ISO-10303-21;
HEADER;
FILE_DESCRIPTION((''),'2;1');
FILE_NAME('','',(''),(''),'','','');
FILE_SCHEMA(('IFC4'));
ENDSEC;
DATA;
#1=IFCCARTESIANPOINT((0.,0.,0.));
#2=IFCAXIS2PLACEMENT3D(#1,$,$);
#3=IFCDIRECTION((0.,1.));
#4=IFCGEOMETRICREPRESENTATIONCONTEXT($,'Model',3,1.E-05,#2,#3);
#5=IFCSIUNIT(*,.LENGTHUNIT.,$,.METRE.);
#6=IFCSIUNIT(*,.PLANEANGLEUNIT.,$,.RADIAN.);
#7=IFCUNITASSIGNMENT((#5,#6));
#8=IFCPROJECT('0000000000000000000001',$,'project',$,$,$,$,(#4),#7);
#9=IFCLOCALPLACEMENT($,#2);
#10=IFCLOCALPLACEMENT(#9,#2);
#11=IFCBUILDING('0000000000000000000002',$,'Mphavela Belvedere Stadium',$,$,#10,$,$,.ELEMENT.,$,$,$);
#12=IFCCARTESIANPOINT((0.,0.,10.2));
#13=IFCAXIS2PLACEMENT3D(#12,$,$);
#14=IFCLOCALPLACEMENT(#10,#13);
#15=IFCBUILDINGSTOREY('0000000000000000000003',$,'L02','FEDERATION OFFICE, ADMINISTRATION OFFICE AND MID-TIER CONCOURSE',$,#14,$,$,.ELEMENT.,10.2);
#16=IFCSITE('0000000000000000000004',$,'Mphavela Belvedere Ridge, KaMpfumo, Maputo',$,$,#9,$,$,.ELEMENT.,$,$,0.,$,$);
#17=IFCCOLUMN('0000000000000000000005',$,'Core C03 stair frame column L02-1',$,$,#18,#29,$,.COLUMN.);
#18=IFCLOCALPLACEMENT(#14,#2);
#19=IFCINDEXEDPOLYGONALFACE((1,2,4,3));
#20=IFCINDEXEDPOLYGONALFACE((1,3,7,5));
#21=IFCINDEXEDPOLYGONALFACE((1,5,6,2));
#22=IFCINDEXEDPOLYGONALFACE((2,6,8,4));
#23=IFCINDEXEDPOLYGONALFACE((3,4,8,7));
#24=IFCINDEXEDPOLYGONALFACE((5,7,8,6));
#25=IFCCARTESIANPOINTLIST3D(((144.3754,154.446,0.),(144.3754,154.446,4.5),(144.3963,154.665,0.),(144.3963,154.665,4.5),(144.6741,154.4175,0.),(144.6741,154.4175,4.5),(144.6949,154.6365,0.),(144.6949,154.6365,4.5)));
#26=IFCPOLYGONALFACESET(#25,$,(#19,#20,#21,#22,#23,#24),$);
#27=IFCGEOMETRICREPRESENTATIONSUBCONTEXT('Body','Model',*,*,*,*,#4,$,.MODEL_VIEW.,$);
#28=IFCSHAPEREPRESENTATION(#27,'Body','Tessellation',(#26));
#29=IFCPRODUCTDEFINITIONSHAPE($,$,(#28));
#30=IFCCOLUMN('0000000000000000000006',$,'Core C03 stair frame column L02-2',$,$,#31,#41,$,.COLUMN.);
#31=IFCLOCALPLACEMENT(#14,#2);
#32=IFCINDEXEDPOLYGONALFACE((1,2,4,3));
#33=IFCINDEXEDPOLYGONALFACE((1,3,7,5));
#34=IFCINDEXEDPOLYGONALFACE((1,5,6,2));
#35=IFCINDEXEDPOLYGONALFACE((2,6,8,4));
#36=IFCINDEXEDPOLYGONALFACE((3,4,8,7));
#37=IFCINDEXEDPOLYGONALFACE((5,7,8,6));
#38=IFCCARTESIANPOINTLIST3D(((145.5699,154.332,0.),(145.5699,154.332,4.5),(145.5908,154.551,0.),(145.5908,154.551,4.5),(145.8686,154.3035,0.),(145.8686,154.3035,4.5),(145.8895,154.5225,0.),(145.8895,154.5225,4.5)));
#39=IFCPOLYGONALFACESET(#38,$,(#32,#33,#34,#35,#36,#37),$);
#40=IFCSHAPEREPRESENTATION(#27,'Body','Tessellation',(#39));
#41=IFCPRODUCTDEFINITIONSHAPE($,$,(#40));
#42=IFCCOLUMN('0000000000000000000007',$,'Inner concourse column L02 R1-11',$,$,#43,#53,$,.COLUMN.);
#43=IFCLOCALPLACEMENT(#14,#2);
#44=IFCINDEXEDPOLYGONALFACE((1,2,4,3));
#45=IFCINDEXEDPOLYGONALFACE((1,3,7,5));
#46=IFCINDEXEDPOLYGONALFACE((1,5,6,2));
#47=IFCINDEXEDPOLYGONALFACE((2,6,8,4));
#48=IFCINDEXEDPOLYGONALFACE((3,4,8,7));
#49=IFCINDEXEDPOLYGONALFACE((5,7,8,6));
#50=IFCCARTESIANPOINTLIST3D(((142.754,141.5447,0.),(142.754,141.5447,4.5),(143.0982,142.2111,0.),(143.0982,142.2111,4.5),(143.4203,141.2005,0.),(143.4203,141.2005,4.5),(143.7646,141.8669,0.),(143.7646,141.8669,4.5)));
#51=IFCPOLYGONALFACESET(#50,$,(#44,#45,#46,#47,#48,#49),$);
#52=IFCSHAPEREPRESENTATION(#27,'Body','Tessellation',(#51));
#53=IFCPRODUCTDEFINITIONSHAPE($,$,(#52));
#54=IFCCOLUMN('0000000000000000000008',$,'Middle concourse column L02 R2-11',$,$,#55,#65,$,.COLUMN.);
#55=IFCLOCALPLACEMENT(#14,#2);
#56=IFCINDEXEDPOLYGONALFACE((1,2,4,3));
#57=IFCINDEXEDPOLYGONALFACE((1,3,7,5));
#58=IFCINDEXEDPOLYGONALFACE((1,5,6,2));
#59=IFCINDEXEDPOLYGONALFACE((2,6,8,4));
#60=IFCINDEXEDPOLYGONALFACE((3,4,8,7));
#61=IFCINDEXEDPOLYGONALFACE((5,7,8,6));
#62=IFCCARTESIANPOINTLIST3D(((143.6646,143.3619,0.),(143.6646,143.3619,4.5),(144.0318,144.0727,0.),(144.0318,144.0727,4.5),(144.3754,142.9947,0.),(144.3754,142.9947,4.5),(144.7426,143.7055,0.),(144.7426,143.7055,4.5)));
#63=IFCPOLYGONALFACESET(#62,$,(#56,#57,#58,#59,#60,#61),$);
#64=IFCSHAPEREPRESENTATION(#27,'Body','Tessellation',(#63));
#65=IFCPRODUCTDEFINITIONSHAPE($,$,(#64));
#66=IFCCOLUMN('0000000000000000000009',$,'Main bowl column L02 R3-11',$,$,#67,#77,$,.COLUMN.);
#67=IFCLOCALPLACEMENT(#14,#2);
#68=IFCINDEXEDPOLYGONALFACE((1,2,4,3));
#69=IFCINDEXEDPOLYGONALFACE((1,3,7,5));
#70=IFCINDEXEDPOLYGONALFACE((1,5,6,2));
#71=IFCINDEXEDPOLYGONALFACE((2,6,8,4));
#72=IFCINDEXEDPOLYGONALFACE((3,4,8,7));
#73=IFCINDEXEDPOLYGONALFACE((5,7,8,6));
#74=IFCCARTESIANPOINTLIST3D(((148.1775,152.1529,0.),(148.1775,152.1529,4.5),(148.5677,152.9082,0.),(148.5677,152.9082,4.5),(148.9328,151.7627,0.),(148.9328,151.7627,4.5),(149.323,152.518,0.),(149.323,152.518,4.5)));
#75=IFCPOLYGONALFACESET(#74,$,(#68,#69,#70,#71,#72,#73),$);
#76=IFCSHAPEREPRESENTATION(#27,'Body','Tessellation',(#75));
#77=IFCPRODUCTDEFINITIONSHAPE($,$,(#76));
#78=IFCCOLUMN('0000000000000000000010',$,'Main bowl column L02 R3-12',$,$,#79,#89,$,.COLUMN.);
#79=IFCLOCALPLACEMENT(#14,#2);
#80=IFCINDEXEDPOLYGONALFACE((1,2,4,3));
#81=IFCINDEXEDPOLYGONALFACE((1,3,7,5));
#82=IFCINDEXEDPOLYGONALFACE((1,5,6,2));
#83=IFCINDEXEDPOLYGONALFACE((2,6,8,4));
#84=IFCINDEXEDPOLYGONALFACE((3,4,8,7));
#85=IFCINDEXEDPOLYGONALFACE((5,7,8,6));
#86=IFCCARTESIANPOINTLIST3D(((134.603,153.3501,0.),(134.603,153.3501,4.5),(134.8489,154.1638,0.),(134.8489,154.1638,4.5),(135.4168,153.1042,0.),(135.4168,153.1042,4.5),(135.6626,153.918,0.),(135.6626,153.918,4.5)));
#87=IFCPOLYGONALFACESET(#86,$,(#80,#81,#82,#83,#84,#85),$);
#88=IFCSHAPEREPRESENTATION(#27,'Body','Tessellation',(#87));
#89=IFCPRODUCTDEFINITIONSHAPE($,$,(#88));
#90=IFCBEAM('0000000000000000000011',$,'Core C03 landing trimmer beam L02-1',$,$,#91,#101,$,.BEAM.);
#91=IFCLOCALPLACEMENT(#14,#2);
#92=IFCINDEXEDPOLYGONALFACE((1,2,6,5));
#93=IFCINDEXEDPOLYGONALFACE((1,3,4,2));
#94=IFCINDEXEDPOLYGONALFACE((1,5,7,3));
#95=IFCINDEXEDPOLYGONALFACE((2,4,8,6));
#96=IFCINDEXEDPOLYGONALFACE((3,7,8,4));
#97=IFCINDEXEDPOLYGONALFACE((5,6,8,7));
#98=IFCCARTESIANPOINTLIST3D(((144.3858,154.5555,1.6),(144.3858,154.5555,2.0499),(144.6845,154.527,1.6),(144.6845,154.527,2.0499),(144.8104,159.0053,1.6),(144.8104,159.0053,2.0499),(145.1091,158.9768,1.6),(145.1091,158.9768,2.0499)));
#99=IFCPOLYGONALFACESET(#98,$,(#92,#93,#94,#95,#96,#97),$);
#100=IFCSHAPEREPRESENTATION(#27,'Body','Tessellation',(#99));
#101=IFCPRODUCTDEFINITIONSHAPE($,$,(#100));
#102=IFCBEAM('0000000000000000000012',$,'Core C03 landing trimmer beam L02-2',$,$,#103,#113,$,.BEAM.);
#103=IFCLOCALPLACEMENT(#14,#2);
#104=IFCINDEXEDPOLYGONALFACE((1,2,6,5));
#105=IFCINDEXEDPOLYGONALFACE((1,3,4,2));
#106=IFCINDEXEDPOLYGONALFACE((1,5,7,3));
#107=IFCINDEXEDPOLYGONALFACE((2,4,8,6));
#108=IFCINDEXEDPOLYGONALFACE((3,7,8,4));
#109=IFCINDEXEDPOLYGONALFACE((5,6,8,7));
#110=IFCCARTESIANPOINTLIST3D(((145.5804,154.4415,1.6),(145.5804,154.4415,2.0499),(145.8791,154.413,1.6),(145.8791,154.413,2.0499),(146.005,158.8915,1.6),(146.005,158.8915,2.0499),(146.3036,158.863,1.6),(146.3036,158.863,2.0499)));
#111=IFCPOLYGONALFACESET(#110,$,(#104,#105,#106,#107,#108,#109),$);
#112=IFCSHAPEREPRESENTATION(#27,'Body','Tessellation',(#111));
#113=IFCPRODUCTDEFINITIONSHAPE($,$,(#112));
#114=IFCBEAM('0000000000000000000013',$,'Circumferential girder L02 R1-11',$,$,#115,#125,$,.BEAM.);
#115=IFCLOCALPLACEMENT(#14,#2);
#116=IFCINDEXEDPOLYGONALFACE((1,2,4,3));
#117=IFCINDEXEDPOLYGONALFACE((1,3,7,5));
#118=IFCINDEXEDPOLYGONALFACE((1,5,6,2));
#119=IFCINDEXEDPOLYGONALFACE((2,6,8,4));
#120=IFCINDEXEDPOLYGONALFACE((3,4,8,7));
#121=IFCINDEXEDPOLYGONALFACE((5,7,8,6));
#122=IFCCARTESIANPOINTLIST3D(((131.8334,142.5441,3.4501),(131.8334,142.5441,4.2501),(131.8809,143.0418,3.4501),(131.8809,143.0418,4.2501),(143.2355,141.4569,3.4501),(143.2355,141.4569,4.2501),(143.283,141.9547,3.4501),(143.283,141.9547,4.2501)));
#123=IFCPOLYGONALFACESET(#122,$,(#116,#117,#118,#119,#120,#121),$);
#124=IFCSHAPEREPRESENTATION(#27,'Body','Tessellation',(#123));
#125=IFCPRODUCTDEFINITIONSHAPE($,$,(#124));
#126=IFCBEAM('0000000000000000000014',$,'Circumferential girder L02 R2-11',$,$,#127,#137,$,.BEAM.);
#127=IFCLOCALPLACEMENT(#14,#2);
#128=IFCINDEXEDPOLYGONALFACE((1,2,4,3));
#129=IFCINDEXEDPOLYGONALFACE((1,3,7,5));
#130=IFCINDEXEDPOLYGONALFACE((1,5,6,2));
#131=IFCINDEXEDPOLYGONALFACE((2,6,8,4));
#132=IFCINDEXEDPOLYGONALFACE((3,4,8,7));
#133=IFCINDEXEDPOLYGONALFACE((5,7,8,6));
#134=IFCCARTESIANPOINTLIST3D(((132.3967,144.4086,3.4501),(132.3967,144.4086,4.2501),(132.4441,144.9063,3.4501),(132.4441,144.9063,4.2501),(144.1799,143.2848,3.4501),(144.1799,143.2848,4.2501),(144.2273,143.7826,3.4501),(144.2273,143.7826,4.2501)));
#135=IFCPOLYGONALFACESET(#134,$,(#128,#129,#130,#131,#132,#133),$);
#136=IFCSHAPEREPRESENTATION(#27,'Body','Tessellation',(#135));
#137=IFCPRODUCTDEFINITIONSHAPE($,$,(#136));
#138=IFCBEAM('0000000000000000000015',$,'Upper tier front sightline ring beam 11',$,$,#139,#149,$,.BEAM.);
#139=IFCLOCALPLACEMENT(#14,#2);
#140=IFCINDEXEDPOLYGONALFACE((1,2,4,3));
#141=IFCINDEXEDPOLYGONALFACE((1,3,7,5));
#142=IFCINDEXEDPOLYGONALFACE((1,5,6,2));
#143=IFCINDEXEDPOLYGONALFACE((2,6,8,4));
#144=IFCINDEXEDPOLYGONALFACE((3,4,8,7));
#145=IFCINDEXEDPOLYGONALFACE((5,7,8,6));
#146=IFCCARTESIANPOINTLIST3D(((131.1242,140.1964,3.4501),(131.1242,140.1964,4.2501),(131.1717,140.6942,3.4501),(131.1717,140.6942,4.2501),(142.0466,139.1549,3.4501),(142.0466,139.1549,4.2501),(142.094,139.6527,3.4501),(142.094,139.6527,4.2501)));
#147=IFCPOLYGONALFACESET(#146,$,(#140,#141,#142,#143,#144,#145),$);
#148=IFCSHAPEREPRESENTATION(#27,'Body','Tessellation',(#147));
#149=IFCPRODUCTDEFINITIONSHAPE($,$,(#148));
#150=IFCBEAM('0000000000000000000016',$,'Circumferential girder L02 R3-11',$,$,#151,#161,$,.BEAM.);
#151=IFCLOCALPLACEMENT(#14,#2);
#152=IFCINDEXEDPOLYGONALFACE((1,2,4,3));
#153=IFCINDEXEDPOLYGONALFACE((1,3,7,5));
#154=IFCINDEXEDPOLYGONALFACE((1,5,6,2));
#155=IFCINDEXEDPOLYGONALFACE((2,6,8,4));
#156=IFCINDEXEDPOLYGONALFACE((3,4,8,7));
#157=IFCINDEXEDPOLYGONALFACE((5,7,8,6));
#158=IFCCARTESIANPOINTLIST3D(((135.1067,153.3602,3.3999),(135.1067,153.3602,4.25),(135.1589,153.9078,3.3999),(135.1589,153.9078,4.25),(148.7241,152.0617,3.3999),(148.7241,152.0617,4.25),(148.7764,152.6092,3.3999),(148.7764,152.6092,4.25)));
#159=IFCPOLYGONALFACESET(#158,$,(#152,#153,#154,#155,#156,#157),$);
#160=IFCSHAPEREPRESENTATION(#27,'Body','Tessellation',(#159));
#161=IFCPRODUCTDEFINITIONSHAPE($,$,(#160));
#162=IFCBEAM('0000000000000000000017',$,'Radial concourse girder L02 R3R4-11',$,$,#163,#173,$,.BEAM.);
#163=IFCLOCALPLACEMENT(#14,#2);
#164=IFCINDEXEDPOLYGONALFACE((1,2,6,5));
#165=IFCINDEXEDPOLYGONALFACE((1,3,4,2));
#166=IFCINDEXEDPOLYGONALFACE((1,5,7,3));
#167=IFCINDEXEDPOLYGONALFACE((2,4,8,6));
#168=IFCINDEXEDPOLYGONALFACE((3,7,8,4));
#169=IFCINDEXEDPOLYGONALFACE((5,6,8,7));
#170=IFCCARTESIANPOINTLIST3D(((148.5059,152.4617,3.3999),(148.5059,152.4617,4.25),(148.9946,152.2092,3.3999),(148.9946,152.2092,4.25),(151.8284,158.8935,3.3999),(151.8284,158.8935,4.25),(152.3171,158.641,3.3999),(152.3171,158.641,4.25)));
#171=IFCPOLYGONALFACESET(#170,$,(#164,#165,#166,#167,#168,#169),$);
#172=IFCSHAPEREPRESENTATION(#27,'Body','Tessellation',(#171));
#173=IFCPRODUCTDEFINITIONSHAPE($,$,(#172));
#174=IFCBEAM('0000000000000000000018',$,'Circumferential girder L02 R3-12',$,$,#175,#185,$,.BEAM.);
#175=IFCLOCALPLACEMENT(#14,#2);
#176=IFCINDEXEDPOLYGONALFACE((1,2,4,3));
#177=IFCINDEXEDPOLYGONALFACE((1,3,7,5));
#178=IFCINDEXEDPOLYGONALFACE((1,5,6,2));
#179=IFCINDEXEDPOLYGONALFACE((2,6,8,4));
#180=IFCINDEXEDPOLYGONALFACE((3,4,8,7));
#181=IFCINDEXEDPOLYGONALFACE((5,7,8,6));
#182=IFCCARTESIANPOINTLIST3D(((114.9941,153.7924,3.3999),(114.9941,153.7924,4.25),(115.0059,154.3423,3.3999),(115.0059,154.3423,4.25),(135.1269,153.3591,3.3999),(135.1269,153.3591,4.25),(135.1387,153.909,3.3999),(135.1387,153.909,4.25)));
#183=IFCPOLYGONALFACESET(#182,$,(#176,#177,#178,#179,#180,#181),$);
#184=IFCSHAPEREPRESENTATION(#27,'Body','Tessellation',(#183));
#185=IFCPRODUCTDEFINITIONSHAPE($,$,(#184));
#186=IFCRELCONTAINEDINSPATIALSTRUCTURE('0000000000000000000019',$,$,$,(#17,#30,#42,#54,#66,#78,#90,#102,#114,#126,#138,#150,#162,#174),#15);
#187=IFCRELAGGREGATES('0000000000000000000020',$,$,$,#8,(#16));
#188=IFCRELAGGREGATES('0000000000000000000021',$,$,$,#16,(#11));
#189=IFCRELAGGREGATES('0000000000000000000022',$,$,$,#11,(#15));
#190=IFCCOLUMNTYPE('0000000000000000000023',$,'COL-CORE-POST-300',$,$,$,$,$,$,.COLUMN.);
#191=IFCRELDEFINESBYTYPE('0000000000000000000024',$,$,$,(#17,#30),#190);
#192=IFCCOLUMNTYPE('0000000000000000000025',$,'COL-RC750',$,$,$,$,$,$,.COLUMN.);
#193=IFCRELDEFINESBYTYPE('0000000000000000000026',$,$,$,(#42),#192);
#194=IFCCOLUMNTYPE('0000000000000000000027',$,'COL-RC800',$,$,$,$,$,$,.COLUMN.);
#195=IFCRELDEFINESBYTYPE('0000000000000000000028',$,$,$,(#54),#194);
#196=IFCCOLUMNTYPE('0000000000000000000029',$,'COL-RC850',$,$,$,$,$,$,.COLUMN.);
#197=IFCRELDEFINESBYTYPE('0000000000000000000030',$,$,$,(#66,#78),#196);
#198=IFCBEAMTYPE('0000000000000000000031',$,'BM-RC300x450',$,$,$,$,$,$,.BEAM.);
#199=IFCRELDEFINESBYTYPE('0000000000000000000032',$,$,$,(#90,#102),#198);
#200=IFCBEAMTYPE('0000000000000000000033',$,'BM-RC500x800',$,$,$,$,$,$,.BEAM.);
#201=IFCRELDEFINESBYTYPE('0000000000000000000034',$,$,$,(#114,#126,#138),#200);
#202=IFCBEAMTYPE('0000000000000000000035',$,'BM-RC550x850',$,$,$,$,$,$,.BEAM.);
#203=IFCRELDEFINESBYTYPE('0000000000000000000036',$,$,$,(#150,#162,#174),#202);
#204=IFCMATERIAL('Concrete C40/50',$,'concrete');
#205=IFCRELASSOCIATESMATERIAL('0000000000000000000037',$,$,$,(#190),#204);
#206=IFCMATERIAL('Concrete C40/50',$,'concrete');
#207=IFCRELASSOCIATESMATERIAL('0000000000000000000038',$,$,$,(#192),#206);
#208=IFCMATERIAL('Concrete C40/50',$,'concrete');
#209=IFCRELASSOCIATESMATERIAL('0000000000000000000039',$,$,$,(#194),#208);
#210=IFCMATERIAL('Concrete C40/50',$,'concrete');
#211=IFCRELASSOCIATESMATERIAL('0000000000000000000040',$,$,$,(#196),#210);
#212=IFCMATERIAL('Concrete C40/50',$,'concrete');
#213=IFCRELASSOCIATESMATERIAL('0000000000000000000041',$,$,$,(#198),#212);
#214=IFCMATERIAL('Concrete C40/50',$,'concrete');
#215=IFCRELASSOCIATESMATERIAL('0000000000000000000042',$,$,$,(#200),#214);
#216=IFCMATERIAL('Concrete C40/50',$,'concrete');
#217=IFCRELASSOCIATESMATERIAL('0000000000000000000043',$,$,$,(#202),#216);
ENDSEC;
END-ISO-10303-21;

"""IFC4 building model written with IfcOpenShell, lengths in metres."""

from ifc_helpers import new_model, si_unit, direction, frame, origin, origin_2d, place, context, subcontext, project, spatial, rectangle, extrude, material, material_profile, profile_set, type_object, element, save


model = new_model("IFC4")

# Units and contexts
model_context = context("Model", 3, precision=1e-05, world=origin(), true_north=direction((0.0, 1.0)))
body_context = subcontext(model_context, "Body", "Model", "MODEL_VIEW")
ifc_project = project(units=[si_unit("LENGTHUNIT", "METRE"), si_unit("PLANEANGLEUNIT", "RADIAN")], contexts=[model_context])

# Site, building, storey
site_placement = place(None, origin())
site = spatial("IfcSite", under=ifc_project, at=site_placement, Name="Mphavela Belvedere Ridge, KaMpfumo, Maputo", CompositionType="ELEMENT", RefElevation=0.0)
building_placement = place(site_placement, origin())
building = spatial("IfcBuilding", under=site, at=building_placement, Name="Mphavela Belvedere Stadium", CompositionType="ELEMENT")
storey_placement = place(building_placement, frame((0.0, 0.0, 10.2)))
storey = spatial("IfcBuildingStorey", under=building, at=storey_placement, Name="L02", Description="FEDERATION OFFICE, ADMINISTRATION OFFICE AND MID-TIER CONCOURSE", CompositionType="ELEMENT", Elevation=10.2)

# Columns
ifc_material_1 = material(Name="Concrete C40/50", Category="concrete")
ifc_material_profile_1 = material_profile(ifc_material_1, rectangle(XDim=0.3, YDim=0.22, at=origin_2d()), Name="RC 300x220")
ifc_profile_set_1 = profile_set([ifc_material_profile_1], Name="Concrete C40/50")
column_type_1 = type_object("IfcColumnType", Name="COL-CORE-POST-300", PredefinedType="COLUMN", material=ifc_profile_set_1)
for number, where, z_axis, x_axis, name in (
    (1, (144.5352, 154.5413, 0.0), (0.0, 0.0, 1.0), (0.995479, -0.094977, 0.0), "Core C03 stair frame column L02-1"),
    (2, (145.7297, 154.4272, 0.0), (0.0, 0.0, 1.0), (0.995479, -0.094977, 0.0), "Core C03 stair frame column L02-2"),
):
    element("IfcColumn", number, at=place(storey_placement, frame(where, z_axis=z_axis, x_axis=x_axis)), inside=storey, type_object=column_type_1, Name=name, PredefinedType="COLUMN", context=body_context, shape_type="SweptSolid", body=[
        extrude(rectangle(XDim=0.3, YDim=0.22, at=origin_2d()), origin(), (0.0, 0.0, 1.0), 4.5),
    ])
ifc_material_2 = material(Name="Concrete C40/50", Category="concrete")
ifc_material_profile_2 = material_profile(ifc_material_2, rectangle(XDim=0.75, YDim=0.75, at=origin_2d()), Name="RC 750x750")
ifc_profile_set_2 = profile_set([ifc_material_profile_2], Name="Concrete C40/50")
column_type_2 = type_object("IfcColumnType", Name="COL-RC750", PredefinedType="COLUMN", material=ifc_profile_set_2)
column_1_placement = place(storey_placement, frame((143.2593, 141.7058, 0.0), z_axis=(0.0, 0.0, 1.0), x_axis=(0.45896, 0.888457, 0.0)))
element("IfcColumn", 3, at=column_1_placement, inside=storey, type_object=column_type_2, Name="Inner concourse column L02 R1-11", PredefinedType="COLUMN", context=body_context, shape_type="SweptSolid", body=[
    extrude(rectangle(XDim=0.75, YDim=0.75, at=origin_2d()), origin(), (0.0, 0.0, 1.0), 4.5),
])
ifc_material_3 = material(Name="Concrete C40/50", Category="concrete")
ifc_material_profile_3 = material_profile(ifc_material_3, rectangle(XDim=0.8, YDim=0.8, at=origin_2d()), Name="RC 800x800")
ifc_profile_set_3 = profile_set([ifc_material_profile_3], Name="Concrete C40/50")
column_type_3 = type_object("IfcColumnType", Name="COL-RC800", PredefinedType="COLUMN", material=ifc_profile_set_3)
column_2_placement = place(storey_placement, frame((144.2036, 143.5337, 0.0), z_axis=(0.0, 0.0, 1.0), x_axis=(0.45896, 0.888457, 0.0)))
element("IfcColumn", 4, at=column_2_placement, inside=storey, type_object=column_type_3, Name="Middle concourse column L02 R2-11", PredefinedType="COLUMN", context=body_context, shape_type="SweptSolid", body=[
    extrude(rectangle(XDim=0.8, YDim=0.8, at=origin_2d()), origin(), (0.0, 0.0, 1.0), 4.5),
])
ifc_material_4 = material(Name="Concrete C40/50", Category="concrete")
ifc_material_profile_4 = material_profile(ifc_material_4, rectangle(XDim=0.8501, YDim=0.8501, at=origin_2d()), Name="RC 850x850")
ifc_profile_set_4 = profile_set([ifc_material_profile_4], Name="Concrete C40/50")
column_type_4 = type_object("IfcColumnType", Name="COL-RC850", PredefinedType="COLUMN", material=ifc_profile_set_4)
for number, where, z_axis, x_axis, name in (
    (5, (148.7502, 152.3354, 0.0), (0.0, 0.0, 1.0), (0.45896, 0.888457, 0.0), "Main bowl column L02 R3-11"),
    (6, (135.1328, 153.634, 0.0), (0.0, 0.0, 1.0), (0.289199, 0.957269, 0.0), "Main bowl column L02 R3-12"),
):
    element("IfcColumn", number, at=place(storey_placement, frame(where, z_axis=z_axis, x_axis=x_axis)), inside=storey, type_object=column_type_4, Name=name, PredefinedType="COLUMN", context=body_context, shape_type="SweptSolid", body=[
        extrude(rectangle(XDim=0.8501, YDim=0.8501, at=origin_2d()), origin(), (0.0, 0.0, 1.0), 4.5),
    ])

# Beams
ifc_material_5 = material(Name="Concrete C40/50", Category="concrete")
ifc_material_profile_5 = material_profile(ifc_material_5, rectangle(XDim=0.3, YDim=0.45, at=origin_2d()), Name="RC 300x450")
ifc_profile_set_5 = profile_set([ifc_material_profile_5], Name="Concrete C40/50")
beam_type_1 = type_object("IfcBeamType", Name="BM-RC300x450", PredefinedType="BEAM", material=ifc_profile_set_5)
beam_1_placement = place(storey_placement, frame((144.5352, 154.5413, 1.825), z_axis=(0.094982, 0.995479, 0.0), x_axis=(-0.995479, 0.094982, 0.0)))
element("IfcBeam", 7, at=beam_1_placement, inside=storey, type_object=beam_type_1, Name="Core C03 landing trimmer beam L02-1", PredefinedType="BEAM", context=body_context, shape_type="SweptSolid", body=[
    extrude(rectangle(XDim=0.3, YDim=0.45, at=origin_2d()), origin(), (0.0, 0.0, 1.0), 4.47),
])
beam_2_placement = place(storey_placement, frame((145.7297, 154.4272, 1.825), z_axis=(0.094977, 0.99548, 0.0), x_axis=(-0.99548, 0.094977, 0.0)))
element("IfcBeam", 8, at=beam_2_placement, inside=storey, type_object=beam_type_1, Name="Core C03 landing trimmer beam L02-2", PredefinedType="BEAM", context=body_context, shape_type="SweptSolid", body=[
    extrude(rectangle(XDim=0.3, YDim=0.45, at=origin_2d()), origin(), (0.0, 0.0, 1.0), 4.4702),
])
ifc_material_6 = material(Name="Concrete C40/50", Category="concrete")
ifc_material_profile_6 = material_profile(ifc_material_6, rectangle(XDim=0.5, YDim=0.8, at=origin_2d()), Name="RC 500x800")
ifc_profile_set_6 = profile_set([ifc_material_profile_6], Name="Concrete C40/50")
beam_type_2 = type_object("IfcBeamType", Name="BM-RC500x800", PredefinedType="BEAM", material=ifc_profile_set_6)
beam_3_placement = place(storey_placement, frame((143.2593, 141.7058, 3.8501), z_axis=(-0.995485, 0.094917, 0.0), x_axis=(-0.094917, -0.995485, 0.0)))
element("IfcBeam", 9, at=beam_3_placement, inside=storey, type_object=beam_type_2, Name="Circumferential girder L02 R1-11", PredefinedType="BEAM", context=body_context, shape_type="SweptSolid", body=[
    extrude(rectangle(XDim=0.5, YDim=0.8, at=origin_2d()), origin(), (0.0, 0.0, 1.0), 11.4539),
])
beam_4_placement = place(storey_placement, frame((144.2036, 143.5337, 3.8501), z_axis=(-0.995483, 0.09494, 0.0), x_axis=(-0.09494, -0.995483, 0.0)))
element("IfcBeam", 10, at=beam_4_placement, inside=storey, type_object=beam_type_2, Name="Circumferential girder L02 R2-11", PredefinedType="BEAM", context=body_context, shape_type="SweptSolid", body=[
    extrude(rectangle(XDim=0.5, YDim=0.8, at=origin_2d()), origin(), (0.0, 0.0, 1.0), 11.8367),
])
beam_5_placement = place(storey_placement, frame((142.0703, 139.4038, 3.8501), z_axis=(-0.995484, 0.094925, 0.0), x_axis=(-0.094925, -0.995484, 0.0)))
element("IfcBeam", 11, at=beam_5_placement, inside=storey, type_object=beam_type_2, Name="Upper tier front sightline ring beam 11", PredefinedType="BEAM", context=body_context, shape_type="SweptSolid", body=[
    extrude(rectangle(XDim=0.5, YDim=0.8, at=origin_2d()), origin(), (0.0, 0.0, 1.0), 10.9719),
])
ifc_material_7 = material(Name="Concrete C40/50", Category="concrete")
ifc_material_profile_7 = material_profile(ifc_material_7, rectangle(XDim=0.55, YDim=0.8501, at=origin_2d()), Name="RC 550x850")
ifc_profile_set_7 = profile_set([ifc_material_profile_7], Name="Concrete C40/50")
beam_type_3 = type_object("IfcBeamType", Name="BM-RC550x850", PredefinedType="BEAM", material=ifc_profile_set_7)
beam_6_placement = place(storey_placement, frame((148.7502, 152.3354, 3.825), z_axis=(-0.995484, 0.094931, 0.0), x_axis=(-0.094931, -0.995484, 0.0)))
element("IfcBeam", 12, at=beam_6_placement, inside=storey, type_object=beam_type_3, Name="Circumferential girder L02 R3-11", PredefinedType="BEAM", context=body_context, shape_type="SweptSolid", body=[
    extrude(rectangle(XDim=0.55, YDim=0.8501, at=origin_2d()), origin(), (0.0, 0.0, 1.0), 13.6792),
])
beam_7_placement = place(storey_placement, frame((148.7502, 152.3354, 3.825), z_axis=(0.458951, 0.888461, 0.0), x_axis=(-0.888461, 0.458951, 0.0)))
element("IfcBeam", 13, at=beam_7_placement, inside=storey, type_object=beam_type_3, Name="Radial concourse girder L02 R3R4-11", PredefinedType="BEAM", context=body_context, shape_type="SweptSolid", body=[
    extrude(rectangle(XDim=0.55, YDim=0.8501, at=origin_2d()), origin(), (0.0, 0.0, 1.0), 7.2393),
])
beam_8_placement = place(storey_placement, frame((135.1328, 153.634, 3.825), z_axis=(-0.999768, 0.02152, 0.0), x_axis=(-0.02152, -0.999768, 0.0)))
element("IfcBeam", 14, at=beam_8_placement, inside=storey, type_object=beam_type_3, Name="Circumferential girder L02 R3-12", PredefinedType="BEAM", context=body_context, shape_type="SweptSolid", body=[
    extrude(rectangle(XDim=0.55, YDim=0.8501, at=origin_2d()), origin(), (0.0, 0.0, 1.0), 20.1375),
])

save(model, "model.ifc")
